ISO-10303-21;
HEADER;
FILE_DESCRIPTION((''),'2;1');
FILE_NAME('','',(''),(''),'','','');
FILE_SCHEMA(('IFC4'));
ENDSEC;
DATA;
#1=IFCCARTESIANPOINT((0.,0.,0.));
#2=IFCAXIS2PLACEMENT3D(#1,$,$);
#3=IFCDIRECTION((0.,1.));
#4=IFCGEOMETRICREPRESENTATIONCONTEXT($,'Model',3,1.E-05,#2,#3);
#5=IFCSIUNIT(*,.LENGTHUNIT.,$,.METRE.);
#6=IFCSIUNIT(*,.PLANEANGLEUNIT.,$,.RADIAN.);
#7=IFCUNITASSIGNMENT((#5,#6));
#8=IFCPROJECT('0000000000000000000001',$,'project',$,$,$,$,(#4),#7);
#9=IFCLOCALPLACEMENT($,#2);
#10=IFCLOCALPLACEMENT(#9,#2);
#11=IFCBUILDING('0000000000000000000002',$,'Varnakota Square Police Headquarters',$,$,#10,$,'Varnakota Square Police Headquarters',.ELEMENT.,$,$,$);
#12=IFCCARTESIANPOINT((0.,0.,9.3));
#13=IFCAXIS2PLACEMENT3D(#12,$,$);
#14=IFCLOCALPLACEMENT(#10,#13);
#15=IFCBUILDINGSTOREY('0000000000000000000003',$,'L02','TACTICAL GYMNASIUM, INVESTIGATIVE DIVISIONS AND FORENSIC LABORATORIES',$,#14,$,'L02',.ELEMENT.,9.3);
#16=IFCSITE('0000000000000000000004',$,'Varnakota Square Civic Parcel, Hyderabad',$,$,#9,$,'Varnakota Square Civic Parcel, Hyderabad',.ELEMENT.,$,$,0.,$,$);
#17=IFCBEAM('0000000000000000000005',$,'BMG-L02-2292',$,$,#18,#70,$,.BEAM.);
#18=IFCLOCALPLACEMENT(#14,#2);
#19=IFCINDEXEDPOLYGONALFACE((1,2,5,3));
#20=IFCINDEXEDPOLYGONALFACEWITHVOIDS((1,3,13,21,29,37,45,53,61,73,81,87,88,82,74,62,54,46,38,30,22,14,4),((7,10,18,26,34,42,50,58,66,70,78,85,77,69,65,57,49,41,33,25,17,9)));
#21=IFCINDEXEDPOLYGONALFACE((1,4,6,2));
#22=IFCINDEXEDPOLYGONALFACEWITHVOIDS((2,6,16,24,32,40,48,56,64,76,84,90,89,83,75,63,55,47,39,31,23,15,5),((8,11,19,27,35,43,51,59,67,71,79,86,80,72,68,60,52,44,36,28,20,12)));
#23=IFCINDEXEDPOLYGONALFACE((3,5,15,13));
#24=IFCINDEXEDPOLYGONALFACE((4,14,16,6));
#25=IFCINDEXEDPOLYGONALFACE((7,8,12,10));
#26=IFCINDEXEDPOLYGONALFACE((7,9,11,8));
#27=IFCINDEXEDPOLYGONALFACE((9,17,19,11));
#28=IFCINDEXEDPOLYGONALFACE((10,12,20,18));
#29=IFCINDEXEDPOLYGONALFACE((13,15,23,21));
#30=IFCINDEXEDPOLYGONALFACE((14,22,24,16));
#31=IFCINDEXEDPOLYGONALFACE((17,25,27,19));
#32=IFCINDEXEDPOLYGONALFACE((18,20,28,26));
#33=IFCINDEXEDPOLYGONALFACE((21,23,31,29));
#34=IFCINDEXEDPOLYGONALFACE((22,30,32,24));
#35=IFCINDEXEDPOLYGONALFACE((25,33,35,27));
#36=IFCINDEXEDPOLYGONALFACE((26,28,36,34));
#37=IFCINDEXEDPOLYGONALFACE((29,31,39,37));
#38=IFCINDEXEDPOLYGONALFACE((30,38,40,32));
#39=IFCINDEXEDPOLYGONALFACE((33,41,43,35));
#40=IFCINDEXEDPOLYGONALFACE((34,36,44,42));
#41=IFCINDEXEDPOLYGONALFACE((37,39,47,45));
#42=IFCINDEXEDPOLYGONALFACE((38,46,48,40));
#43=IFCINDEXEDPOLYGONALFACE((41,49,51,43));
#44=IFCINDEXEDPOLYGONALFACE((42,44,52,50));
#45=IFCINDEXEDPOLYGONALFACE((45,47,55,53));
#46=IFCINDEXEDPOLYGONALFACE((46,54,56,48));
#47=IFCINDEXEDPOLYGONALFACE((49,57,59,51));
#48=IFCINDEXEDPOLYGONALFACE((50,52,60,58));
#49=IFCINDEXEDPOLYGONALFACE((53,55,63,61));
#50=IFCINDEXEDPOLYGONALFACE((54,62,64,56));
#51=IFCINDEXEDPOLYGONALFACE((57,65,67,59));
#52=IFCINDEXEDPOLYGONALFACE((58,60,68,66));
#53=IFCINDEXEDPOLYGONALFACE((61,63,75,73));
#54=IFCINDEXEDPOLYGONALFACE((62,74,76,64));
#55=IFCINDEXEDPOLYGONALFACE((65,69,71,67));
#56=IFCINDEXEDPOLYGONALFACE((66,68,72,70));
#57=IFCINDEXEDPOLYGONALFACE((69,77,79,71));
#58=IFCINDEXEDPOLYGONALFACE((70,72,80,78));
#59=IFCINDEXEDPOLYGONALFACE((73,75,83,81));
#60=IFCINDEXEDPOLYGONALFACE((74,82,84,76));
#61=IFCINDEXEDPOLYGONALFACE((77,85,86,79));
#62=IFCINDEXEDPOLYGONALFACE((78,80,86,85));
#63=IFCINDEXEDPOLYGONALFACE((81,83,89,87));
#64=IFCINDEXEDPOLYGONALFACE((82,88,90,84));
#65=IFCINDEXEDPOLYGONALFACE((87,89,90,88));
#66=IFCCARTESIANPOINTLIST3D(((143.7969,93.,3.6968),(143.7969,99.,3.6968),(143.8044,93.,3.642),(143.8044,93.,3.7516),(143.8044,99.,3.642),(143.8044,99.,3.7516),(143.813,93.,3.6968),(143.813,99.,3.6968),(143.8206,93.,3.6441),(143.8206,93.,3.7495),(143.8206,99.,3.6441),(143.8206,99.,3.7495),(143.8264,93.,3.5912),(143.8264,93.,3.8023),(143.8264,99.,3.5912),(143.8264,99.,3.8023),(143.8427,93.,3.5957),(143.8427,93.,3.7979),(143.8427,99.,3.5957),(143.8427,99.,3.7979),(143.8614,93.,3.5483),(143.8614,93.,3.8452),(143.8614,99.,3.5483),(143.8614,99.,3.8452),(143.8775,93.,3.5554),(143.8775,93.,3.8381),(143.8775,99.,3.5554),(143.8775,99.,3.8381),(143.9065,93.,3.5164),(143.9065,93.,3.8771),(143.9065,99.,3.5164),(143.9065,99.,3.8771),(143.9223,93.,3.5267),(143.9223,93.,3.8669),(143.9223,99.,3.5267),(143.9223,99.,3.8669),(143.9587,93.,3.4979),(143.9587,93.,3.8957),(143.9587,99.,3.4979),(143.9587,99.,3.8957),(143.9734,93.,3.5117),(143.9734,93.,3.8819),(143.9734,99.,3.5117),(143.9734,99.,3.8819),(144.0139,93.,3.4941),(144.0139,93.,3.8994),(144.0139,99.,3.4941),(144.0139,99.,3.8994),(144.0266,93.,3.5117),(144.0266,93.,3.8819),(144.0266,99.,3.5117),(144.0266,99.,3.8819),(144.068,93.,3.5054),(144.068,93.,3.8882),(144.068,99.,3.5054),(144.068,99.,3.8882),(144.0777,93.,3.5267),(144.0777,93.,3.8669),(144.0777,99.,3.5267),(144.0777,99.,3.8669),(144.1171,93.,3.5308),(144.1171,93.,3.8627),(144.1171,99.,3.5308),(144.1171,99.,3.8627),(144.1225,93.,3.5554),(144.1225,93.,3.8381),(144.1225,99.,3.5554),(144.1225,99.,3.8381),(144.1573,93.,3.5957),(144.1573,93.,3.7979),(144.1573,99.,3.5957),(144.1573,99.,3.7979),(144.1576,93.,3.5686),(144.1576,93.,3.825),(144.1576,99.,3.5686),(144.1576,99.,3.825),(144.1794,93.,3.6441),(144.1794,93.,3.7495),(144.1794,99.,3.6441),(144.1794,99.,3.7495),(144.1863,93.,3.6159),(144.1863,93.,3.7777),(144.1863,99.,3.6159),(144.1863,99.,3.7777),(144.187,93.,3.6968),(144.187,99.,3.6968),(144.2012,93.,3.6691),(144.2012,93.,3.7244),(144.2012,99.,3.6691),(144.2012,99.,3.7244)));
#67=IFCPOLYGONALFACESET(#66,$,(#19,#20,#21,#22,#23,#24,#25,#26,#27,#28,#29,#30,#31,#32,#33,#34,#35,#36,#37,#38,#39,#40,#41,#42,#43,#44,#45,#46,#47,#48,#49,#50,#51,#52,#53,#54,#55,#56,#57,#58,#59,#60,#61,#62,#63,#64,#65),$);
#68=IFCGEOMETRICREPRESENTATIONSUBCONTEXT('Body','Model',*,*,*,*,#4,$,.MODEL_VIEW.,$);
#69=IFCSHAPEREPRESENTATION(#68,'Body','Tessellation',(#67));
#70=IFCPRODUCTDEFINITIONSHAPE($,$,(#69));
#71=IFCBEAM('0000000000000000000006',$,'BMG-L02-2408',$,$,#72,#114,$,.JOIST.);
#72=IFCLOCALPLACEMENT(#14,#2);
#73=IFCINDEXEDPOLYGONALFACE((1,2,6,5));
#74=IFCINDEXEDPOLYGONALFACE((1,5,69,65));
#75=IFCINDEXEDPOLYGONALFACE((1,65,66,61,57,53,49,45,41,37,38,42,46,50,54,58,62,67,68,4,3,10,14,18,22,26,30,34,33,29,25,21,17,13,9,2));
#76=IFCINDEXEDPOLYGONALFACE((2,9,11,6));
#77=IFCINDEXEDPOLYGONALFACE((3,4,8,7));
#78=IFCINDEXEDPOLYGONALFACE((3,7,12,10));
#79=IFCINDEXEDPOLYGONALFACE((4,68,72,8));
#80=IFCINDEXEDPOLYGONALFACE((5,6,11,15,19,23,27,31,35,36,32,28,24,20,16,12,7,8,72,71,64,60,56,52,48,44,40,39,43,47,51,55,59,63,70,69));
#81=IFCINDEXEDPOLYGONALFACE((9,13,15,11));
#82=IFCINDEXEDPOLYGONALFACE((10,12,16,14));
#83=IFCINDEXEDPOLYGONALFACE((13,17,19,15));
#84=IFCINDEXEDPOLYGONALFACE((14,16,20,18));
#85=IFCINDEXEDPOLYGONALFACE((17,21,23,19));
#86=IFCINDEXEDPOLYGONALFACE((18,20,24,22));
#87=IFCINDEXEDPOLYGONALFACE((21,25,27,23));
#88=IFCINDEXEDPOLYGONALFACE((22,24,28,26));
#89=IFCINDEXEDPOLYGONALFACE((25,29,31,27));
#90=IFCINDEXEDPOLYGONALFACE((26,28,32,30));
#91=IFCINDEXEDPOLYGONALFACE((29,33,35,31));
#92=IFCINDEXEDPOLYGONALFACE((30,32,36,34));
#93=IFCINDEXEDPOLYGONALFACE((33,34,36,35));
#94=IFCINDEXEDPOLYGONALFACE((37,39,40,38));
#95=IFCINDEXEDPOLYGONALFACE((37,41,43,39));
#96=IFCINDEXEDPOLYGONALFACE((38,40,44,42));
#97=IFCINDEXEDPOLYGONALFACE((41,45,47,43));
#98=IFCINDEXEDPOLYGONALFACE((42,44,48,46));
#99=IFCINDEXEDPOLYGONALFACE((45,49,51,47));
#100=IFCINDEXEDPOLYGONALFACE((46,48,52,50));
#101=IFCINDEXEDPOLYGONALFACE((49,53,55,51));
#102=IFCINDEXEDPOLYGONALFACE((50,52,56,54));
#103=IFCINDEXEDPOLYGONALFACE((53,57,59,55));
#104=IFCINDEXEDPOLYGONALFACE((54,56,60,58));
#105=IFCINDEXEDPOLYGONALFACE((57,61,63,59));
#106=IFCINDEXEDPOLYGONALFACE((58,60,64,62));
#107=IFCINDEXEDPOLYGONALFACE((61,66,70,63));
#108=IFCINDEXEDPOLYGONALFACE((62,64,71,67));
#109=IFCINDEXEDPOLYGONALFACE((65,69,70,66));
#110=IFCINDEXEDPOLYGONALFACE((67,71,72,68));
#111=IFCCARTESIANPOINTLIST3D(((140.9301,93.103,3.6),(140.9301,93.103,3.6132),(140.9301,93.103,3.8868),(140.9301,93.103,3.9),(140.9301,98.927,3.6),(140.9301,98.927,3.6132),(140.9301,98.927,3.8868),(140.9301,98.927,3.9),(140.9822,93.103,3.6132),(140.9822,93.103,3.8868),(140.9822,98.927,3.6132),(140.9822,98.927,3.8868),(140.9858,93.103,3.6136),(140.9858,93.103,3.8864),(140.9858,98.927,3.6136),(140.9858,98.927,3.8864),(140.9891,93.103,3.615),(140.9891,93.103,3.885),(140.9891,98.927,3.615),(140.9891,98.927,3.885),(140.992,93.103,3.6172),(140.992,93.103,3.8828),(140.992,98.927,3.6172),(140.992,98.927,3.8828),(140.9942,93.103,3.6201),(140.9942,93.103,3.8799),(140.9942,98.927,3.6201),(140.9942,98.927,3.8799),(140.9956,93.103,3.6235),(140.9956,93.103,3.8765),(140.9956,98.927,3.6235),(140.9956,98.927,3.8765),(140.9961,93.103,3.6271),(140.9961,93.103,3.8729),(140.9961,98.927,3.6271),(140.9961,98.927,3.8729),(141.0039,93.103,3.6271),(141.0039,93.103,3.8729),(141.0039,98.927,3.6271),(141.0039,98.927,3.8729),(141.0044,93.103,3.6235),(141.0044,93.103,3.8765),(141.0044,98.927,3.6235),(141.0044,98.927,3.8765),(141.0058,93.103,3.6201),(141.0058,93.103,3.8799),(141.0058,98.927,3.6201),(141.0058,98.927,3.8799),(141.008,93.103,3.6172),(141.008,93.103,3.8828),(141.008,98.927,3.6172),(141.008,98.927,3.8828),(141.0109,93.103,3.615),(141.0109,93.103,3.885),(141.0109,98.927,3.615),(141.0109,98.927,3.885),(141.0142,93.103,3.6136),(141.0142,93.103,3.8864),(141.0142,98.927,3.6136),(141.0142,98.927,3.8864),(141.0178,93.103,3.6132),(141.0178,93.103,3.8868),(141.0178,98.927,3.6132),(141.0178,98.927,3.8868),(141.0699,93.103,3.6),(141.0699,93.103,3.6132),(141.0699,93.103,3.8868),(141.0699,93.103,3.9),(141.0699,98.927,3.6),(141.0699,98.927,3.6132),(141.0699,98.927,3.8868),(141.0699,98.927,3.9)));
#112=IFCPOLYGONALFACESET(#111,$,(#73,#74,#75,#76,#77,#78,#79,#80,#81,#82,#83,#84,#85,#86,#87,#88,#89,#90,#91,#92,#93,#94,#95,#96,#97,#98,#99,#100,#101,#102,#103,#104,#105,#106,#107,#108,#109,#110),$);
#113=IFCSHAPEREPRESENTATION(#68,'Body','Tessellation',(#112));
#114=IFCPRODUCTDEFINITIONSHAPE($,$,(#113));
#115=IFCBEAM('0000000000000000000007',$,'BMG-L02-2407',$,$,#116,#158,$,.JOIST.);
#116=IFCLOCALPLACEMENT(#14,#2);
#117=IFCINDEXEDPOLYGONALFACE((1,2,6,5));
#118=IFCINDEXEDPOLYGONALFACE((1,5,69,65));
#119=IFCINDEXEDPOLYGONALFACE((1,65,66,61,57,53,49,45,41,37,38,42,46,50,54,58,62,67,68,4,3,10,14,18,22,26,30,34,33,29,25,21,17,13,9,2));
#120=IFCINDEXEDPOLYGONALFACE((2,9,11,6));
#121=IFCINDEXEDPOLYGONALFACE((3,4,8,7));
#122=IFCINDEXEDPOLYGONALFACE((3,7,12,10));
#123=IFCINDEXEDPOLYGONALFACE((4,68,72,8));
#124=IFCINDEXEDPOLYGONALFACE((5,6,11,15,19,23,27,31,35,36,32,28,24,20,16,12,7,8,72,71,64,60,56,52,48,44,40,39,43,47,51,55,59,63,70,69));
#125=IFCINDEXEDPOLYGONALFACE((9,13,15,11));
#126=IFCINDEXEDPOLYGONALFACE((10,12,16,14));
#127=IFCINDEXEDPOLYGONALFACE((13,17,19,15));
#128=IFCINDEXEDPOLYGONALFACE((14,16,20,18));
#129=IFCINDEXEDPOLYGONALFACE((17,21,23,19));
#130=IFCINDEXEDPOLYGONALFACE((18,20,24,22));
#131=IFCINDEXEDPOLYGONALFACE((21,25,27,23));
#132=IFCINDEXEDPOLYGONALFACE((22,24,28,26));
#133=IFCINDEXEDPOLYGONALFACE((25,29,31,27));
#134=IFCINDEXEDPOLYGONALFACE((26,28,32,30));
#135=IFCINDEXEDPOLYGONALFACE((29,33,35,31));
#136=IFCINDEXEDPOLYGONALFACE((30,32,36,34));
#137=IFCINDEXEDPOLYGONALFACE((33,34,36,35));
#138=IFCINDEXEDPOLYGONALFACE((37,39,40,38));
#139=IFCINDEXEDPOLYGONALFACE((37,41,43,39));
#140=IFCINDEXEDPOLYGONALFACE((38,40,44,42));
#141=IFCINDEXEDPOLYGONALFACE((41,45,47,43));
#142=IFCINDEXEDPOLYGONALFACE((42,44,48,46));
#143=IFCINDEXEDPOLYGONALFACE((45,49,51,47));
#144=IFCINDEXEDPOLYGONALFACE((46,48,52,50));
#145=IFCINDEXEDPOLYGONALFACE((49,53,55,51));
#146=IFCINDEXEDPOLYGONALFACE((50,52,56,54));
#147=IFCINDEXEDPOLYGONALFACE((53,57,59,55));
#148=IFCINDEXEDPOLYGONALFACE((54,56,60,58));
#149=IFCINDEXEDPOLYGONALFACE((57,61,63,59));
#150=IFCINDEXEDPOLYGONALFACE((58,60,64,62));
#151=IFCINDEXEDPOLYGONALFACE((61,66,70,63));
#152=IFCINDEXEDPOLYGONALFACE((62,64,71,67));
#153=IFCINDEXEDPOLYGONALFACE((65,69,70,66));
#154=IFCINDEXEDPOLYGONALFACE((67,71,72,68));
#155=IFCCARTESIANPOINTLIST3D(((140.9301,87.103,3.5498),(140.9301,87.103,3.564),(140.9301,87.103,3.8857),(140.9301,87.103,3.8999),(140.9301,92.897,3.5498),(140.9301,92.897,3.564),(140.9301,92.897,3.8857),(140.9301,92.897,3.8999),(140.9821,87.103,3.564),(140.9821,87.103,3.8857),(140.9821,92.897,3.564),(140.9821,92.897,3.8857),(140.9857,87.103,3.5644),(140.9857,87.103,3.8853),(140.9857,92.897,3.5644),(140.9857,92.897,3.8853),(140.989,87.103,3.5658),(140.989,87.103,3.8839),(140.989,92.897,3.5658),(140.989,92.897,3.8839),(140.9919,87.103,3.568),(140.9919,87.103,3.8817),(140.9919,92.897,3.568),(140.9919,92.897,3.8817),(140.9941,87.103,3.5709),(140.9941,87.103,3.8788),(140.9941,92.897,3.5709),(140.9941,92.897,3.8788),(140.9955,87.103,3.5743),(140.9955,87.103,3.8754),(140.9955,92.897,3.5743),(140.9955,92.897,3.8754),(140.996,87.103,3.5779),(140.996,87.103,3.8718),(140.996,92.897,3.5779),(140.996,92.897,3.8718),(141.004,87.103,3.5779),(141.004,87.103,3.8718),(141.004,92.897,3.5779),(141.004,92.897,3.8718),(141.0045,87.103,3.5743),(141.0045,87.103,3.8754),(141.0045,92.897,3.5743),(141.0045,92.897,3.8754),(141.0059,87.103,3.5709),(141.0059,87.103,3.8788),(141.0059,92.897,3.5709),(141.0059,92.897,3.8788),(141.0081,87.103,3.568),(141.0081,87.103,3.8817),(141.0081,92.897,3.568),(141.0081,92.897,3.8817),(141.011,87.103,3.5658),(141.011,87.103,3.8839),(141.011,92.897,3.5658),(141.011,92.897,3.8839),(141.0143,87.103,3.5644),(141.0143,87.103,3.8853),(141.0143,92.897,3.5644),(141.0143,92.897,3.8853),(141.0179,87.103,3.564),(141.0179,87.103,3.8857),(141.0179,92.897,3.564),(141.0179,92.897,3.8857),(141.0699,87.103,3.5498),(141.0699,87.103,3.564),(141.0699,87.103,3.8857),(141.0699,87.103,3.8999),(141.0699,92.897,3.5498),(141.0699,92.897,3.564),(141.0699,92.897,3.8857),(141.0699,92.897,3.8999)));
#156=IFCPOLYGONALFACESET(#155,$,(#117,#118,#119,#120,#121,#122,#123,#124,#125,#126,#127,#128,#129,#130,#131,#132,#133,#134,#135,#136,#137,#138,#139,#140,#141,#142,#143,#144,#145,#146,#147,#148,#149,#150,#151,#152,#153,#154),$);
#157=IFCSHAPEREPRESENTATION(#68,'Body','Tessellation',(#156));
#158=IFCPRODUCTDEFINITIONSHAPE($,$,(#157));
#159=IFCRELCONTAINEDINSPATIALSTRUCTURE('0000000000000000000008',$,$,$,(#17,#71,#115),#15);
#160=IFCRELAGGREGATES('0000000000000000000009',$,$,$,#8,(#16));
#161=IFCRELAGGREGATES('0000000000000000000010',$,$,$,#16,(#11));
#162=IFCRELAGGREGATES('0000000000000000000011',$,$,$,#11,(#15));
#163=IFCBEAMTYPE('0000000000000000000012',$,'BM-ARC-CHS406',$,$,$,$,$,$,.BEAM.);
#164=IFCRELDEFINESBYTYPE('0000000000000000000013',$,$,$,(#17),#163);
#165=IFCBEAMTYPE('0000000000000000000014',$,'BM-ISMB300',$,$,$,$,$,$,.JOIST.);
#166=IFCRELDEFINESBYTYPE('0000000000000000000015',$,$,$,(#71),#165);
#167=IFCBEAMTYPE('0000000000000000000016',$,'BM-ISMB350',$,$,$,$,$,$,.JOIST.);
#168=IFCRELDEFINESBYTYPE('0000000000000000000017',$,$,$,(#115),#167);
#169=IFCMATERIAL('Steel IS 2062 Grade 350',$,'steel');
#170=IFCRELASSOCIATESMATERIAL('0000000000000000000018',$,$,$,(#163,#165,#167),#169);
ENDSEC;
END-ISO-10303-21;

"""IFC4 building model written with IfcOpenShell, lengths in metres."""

from ifc_helpers import new_model, si_unit, direction, frame, origin, origin_2d, place, context, subcontext, project, spatial, hollow_circle, i_section, extrude, material, material_profile, profile_set, type_object, element, save


model = new_model("IFC4")

# Units and contexts
model_context = context("Model", 3, precision=1e-05, world=origin(), true_north=direction((0.0, 1.0)))
body_context = subcontext(model_context, "Body", "Model", "MODEL_VIEW")
ifc_project = project(units=[si_unit("LENGTHUNIT", "METRE"), si_unit("PLANEANGLEUNIT", "RADIAN")], contexts=[model_context])

# Site, building, storey
site_placement = place(None, origin())
site = spatial("IfcSite", under=ifc_project, at=site_placement, Name="Varnakota Square Civic Parcel, Hyderabad", LongName="Varnakota Square Civic Parcel, Hyderabad", CompositionType="ELEMENT", RefElevation=0.0)
building_placement = place(site_placement, origin())
building = spatial("IfcBuilding", under=site, at=building_placement, Name="Varnakota Square Police Headquarters", LongName="Varnakota Square Police Headquarters", CompositionType="ELEMENT")
storey_placement = place(building_placement, frame((0.0, 0.0, 9.3)))
storey = spatial("IfcBuildingStorey", under=building, at=storey_placement, Name="L02", Description="TACTICAL GYMNASIUM, INVESTIGATIVE DIVISIONS AND FORENSIC LABORATORIES", LongName="L02", CompositionType="ELEMENT", Elevation=9.3)

# Shared definitions
ifc_material_1 = material(Name="Steel IS 2062 Grade 350", Category="steel")

# Beams
ifc_material_profile_1 = material_profile(ifc_material_1, hollow_circle(Radius=0.2031, WallThickness=0.0161, at=origin_2d()), Name="CHS 406.4x16.0")
ifc_profile_set_1 = profile_set([ifc_material_profile_1], Name="Steel IS 2062 Grade 350")
beam_type_1 = type_object("IfcBeamType", Name="BM-ARC-CHS406", PredefinedType="BEAM", material=ifc_profile_set_1)
beam_1_placement = place(storey_placement, frame((144.0, 93.0, 3.6968), z_axis=(0.0, 1.0, 0.0), x_axis=(-1.0, 0.0, 0.0)))
element("IfcBeam", 1, at=beam_1_placement, inside=storey, type_object=beam_type_1, Name="BMG-L02-2292", PredefinedType="BEAM", context=body_context, shape_type="SweptSolid", body=[
    extrude(hollow_circle(Radius=0.2031, WallThickness=0.0161, at=origin_2d()), origin(), (0.0, 0.0, 1.0), 6.0),
])
ifc_material_profile_2 = material_profile(ifc_material_1, i_section(OverallWidth=0.1399, OverallDepth=0.3, WebThickness=0.0078, FlangeThickness=0.0132, FilletRadius=0.0139, at=origin_2d()), Name="ISMB 300")
ifc_profile_set_2 = profile_set([ifc_material_profile_2], Name="Steel IS 2062 Grade 350")
beam_type_2 = type_object("IfcBeamType", Name="BM-ISMB300", PredefinedType="JOIST", material=ifc_profile_set_2)
beam_2_placement = place(storey_placement, frame((141.0, 93.103, 3.75), z_axis=(0.0, 1.0, 0.0), x_axis=(-1.0, 0.0, 0.0)))
element("IfcBeam", 2, at=beam_2_placement, inside=storey, type_object=beam_type_2, Name="BMG-L02-2408", PredefinedType="JOIST", context=body_context, shape_type="SweptSolid", body=[
    extrude(i_section(OverallWidth=0.1399, OverallDepth=0.3, WebThickness=0.0078, FlangeThickness=0.0132, FilletRadius=0.0139, at=origin_2d()), origin(), (0.0, 0.0, 1.0), 5.824),
])
ifc_material_profile_3 = material_profile(ifc_material_1, i_section(OverallWidth=0.1399, OverallDepth=0.3501, WebThickness=0.0081, FlangeThickness=0.0142, FilletRadius=0.0139, at=origin_2d()), Name="ISMB 350")
ifc_profile_set_3 = profile_set([ifc_material_profile_3], Name="Steel IS 2062 Grade 350")
beam_type_3 = type_object("IfcBeamType", Name="BM-ISMB350", PredefinedType="JOIST", material=ifc_profile_set_3)
beam_3_placement = place(storey_placement, frame((141.0, 87.103, 3.7249), z_axis=(0.0, 1.0, 0.0), x_axis=(-1.0, 0.0, 0.0)))
element("IfcBeam", 3, at=beam_3_placement, inside=storey, type_object=beam_type_3, Name="BMG-L02-2407", PredefinedType="JOIST", context=body_context, shape_type="SweptSolid", body=[
    extrude(i_section(OverallWidth=0.1399, OverallDepth=0.3501, WebThickness=0.0081, FlangeThickness=0.0142, FilletRadius=0.0139, at=origin_2d()), origin(), (0.0, 0.0, 1.0), 5.7939),
])

save(model, "model.ifc")
